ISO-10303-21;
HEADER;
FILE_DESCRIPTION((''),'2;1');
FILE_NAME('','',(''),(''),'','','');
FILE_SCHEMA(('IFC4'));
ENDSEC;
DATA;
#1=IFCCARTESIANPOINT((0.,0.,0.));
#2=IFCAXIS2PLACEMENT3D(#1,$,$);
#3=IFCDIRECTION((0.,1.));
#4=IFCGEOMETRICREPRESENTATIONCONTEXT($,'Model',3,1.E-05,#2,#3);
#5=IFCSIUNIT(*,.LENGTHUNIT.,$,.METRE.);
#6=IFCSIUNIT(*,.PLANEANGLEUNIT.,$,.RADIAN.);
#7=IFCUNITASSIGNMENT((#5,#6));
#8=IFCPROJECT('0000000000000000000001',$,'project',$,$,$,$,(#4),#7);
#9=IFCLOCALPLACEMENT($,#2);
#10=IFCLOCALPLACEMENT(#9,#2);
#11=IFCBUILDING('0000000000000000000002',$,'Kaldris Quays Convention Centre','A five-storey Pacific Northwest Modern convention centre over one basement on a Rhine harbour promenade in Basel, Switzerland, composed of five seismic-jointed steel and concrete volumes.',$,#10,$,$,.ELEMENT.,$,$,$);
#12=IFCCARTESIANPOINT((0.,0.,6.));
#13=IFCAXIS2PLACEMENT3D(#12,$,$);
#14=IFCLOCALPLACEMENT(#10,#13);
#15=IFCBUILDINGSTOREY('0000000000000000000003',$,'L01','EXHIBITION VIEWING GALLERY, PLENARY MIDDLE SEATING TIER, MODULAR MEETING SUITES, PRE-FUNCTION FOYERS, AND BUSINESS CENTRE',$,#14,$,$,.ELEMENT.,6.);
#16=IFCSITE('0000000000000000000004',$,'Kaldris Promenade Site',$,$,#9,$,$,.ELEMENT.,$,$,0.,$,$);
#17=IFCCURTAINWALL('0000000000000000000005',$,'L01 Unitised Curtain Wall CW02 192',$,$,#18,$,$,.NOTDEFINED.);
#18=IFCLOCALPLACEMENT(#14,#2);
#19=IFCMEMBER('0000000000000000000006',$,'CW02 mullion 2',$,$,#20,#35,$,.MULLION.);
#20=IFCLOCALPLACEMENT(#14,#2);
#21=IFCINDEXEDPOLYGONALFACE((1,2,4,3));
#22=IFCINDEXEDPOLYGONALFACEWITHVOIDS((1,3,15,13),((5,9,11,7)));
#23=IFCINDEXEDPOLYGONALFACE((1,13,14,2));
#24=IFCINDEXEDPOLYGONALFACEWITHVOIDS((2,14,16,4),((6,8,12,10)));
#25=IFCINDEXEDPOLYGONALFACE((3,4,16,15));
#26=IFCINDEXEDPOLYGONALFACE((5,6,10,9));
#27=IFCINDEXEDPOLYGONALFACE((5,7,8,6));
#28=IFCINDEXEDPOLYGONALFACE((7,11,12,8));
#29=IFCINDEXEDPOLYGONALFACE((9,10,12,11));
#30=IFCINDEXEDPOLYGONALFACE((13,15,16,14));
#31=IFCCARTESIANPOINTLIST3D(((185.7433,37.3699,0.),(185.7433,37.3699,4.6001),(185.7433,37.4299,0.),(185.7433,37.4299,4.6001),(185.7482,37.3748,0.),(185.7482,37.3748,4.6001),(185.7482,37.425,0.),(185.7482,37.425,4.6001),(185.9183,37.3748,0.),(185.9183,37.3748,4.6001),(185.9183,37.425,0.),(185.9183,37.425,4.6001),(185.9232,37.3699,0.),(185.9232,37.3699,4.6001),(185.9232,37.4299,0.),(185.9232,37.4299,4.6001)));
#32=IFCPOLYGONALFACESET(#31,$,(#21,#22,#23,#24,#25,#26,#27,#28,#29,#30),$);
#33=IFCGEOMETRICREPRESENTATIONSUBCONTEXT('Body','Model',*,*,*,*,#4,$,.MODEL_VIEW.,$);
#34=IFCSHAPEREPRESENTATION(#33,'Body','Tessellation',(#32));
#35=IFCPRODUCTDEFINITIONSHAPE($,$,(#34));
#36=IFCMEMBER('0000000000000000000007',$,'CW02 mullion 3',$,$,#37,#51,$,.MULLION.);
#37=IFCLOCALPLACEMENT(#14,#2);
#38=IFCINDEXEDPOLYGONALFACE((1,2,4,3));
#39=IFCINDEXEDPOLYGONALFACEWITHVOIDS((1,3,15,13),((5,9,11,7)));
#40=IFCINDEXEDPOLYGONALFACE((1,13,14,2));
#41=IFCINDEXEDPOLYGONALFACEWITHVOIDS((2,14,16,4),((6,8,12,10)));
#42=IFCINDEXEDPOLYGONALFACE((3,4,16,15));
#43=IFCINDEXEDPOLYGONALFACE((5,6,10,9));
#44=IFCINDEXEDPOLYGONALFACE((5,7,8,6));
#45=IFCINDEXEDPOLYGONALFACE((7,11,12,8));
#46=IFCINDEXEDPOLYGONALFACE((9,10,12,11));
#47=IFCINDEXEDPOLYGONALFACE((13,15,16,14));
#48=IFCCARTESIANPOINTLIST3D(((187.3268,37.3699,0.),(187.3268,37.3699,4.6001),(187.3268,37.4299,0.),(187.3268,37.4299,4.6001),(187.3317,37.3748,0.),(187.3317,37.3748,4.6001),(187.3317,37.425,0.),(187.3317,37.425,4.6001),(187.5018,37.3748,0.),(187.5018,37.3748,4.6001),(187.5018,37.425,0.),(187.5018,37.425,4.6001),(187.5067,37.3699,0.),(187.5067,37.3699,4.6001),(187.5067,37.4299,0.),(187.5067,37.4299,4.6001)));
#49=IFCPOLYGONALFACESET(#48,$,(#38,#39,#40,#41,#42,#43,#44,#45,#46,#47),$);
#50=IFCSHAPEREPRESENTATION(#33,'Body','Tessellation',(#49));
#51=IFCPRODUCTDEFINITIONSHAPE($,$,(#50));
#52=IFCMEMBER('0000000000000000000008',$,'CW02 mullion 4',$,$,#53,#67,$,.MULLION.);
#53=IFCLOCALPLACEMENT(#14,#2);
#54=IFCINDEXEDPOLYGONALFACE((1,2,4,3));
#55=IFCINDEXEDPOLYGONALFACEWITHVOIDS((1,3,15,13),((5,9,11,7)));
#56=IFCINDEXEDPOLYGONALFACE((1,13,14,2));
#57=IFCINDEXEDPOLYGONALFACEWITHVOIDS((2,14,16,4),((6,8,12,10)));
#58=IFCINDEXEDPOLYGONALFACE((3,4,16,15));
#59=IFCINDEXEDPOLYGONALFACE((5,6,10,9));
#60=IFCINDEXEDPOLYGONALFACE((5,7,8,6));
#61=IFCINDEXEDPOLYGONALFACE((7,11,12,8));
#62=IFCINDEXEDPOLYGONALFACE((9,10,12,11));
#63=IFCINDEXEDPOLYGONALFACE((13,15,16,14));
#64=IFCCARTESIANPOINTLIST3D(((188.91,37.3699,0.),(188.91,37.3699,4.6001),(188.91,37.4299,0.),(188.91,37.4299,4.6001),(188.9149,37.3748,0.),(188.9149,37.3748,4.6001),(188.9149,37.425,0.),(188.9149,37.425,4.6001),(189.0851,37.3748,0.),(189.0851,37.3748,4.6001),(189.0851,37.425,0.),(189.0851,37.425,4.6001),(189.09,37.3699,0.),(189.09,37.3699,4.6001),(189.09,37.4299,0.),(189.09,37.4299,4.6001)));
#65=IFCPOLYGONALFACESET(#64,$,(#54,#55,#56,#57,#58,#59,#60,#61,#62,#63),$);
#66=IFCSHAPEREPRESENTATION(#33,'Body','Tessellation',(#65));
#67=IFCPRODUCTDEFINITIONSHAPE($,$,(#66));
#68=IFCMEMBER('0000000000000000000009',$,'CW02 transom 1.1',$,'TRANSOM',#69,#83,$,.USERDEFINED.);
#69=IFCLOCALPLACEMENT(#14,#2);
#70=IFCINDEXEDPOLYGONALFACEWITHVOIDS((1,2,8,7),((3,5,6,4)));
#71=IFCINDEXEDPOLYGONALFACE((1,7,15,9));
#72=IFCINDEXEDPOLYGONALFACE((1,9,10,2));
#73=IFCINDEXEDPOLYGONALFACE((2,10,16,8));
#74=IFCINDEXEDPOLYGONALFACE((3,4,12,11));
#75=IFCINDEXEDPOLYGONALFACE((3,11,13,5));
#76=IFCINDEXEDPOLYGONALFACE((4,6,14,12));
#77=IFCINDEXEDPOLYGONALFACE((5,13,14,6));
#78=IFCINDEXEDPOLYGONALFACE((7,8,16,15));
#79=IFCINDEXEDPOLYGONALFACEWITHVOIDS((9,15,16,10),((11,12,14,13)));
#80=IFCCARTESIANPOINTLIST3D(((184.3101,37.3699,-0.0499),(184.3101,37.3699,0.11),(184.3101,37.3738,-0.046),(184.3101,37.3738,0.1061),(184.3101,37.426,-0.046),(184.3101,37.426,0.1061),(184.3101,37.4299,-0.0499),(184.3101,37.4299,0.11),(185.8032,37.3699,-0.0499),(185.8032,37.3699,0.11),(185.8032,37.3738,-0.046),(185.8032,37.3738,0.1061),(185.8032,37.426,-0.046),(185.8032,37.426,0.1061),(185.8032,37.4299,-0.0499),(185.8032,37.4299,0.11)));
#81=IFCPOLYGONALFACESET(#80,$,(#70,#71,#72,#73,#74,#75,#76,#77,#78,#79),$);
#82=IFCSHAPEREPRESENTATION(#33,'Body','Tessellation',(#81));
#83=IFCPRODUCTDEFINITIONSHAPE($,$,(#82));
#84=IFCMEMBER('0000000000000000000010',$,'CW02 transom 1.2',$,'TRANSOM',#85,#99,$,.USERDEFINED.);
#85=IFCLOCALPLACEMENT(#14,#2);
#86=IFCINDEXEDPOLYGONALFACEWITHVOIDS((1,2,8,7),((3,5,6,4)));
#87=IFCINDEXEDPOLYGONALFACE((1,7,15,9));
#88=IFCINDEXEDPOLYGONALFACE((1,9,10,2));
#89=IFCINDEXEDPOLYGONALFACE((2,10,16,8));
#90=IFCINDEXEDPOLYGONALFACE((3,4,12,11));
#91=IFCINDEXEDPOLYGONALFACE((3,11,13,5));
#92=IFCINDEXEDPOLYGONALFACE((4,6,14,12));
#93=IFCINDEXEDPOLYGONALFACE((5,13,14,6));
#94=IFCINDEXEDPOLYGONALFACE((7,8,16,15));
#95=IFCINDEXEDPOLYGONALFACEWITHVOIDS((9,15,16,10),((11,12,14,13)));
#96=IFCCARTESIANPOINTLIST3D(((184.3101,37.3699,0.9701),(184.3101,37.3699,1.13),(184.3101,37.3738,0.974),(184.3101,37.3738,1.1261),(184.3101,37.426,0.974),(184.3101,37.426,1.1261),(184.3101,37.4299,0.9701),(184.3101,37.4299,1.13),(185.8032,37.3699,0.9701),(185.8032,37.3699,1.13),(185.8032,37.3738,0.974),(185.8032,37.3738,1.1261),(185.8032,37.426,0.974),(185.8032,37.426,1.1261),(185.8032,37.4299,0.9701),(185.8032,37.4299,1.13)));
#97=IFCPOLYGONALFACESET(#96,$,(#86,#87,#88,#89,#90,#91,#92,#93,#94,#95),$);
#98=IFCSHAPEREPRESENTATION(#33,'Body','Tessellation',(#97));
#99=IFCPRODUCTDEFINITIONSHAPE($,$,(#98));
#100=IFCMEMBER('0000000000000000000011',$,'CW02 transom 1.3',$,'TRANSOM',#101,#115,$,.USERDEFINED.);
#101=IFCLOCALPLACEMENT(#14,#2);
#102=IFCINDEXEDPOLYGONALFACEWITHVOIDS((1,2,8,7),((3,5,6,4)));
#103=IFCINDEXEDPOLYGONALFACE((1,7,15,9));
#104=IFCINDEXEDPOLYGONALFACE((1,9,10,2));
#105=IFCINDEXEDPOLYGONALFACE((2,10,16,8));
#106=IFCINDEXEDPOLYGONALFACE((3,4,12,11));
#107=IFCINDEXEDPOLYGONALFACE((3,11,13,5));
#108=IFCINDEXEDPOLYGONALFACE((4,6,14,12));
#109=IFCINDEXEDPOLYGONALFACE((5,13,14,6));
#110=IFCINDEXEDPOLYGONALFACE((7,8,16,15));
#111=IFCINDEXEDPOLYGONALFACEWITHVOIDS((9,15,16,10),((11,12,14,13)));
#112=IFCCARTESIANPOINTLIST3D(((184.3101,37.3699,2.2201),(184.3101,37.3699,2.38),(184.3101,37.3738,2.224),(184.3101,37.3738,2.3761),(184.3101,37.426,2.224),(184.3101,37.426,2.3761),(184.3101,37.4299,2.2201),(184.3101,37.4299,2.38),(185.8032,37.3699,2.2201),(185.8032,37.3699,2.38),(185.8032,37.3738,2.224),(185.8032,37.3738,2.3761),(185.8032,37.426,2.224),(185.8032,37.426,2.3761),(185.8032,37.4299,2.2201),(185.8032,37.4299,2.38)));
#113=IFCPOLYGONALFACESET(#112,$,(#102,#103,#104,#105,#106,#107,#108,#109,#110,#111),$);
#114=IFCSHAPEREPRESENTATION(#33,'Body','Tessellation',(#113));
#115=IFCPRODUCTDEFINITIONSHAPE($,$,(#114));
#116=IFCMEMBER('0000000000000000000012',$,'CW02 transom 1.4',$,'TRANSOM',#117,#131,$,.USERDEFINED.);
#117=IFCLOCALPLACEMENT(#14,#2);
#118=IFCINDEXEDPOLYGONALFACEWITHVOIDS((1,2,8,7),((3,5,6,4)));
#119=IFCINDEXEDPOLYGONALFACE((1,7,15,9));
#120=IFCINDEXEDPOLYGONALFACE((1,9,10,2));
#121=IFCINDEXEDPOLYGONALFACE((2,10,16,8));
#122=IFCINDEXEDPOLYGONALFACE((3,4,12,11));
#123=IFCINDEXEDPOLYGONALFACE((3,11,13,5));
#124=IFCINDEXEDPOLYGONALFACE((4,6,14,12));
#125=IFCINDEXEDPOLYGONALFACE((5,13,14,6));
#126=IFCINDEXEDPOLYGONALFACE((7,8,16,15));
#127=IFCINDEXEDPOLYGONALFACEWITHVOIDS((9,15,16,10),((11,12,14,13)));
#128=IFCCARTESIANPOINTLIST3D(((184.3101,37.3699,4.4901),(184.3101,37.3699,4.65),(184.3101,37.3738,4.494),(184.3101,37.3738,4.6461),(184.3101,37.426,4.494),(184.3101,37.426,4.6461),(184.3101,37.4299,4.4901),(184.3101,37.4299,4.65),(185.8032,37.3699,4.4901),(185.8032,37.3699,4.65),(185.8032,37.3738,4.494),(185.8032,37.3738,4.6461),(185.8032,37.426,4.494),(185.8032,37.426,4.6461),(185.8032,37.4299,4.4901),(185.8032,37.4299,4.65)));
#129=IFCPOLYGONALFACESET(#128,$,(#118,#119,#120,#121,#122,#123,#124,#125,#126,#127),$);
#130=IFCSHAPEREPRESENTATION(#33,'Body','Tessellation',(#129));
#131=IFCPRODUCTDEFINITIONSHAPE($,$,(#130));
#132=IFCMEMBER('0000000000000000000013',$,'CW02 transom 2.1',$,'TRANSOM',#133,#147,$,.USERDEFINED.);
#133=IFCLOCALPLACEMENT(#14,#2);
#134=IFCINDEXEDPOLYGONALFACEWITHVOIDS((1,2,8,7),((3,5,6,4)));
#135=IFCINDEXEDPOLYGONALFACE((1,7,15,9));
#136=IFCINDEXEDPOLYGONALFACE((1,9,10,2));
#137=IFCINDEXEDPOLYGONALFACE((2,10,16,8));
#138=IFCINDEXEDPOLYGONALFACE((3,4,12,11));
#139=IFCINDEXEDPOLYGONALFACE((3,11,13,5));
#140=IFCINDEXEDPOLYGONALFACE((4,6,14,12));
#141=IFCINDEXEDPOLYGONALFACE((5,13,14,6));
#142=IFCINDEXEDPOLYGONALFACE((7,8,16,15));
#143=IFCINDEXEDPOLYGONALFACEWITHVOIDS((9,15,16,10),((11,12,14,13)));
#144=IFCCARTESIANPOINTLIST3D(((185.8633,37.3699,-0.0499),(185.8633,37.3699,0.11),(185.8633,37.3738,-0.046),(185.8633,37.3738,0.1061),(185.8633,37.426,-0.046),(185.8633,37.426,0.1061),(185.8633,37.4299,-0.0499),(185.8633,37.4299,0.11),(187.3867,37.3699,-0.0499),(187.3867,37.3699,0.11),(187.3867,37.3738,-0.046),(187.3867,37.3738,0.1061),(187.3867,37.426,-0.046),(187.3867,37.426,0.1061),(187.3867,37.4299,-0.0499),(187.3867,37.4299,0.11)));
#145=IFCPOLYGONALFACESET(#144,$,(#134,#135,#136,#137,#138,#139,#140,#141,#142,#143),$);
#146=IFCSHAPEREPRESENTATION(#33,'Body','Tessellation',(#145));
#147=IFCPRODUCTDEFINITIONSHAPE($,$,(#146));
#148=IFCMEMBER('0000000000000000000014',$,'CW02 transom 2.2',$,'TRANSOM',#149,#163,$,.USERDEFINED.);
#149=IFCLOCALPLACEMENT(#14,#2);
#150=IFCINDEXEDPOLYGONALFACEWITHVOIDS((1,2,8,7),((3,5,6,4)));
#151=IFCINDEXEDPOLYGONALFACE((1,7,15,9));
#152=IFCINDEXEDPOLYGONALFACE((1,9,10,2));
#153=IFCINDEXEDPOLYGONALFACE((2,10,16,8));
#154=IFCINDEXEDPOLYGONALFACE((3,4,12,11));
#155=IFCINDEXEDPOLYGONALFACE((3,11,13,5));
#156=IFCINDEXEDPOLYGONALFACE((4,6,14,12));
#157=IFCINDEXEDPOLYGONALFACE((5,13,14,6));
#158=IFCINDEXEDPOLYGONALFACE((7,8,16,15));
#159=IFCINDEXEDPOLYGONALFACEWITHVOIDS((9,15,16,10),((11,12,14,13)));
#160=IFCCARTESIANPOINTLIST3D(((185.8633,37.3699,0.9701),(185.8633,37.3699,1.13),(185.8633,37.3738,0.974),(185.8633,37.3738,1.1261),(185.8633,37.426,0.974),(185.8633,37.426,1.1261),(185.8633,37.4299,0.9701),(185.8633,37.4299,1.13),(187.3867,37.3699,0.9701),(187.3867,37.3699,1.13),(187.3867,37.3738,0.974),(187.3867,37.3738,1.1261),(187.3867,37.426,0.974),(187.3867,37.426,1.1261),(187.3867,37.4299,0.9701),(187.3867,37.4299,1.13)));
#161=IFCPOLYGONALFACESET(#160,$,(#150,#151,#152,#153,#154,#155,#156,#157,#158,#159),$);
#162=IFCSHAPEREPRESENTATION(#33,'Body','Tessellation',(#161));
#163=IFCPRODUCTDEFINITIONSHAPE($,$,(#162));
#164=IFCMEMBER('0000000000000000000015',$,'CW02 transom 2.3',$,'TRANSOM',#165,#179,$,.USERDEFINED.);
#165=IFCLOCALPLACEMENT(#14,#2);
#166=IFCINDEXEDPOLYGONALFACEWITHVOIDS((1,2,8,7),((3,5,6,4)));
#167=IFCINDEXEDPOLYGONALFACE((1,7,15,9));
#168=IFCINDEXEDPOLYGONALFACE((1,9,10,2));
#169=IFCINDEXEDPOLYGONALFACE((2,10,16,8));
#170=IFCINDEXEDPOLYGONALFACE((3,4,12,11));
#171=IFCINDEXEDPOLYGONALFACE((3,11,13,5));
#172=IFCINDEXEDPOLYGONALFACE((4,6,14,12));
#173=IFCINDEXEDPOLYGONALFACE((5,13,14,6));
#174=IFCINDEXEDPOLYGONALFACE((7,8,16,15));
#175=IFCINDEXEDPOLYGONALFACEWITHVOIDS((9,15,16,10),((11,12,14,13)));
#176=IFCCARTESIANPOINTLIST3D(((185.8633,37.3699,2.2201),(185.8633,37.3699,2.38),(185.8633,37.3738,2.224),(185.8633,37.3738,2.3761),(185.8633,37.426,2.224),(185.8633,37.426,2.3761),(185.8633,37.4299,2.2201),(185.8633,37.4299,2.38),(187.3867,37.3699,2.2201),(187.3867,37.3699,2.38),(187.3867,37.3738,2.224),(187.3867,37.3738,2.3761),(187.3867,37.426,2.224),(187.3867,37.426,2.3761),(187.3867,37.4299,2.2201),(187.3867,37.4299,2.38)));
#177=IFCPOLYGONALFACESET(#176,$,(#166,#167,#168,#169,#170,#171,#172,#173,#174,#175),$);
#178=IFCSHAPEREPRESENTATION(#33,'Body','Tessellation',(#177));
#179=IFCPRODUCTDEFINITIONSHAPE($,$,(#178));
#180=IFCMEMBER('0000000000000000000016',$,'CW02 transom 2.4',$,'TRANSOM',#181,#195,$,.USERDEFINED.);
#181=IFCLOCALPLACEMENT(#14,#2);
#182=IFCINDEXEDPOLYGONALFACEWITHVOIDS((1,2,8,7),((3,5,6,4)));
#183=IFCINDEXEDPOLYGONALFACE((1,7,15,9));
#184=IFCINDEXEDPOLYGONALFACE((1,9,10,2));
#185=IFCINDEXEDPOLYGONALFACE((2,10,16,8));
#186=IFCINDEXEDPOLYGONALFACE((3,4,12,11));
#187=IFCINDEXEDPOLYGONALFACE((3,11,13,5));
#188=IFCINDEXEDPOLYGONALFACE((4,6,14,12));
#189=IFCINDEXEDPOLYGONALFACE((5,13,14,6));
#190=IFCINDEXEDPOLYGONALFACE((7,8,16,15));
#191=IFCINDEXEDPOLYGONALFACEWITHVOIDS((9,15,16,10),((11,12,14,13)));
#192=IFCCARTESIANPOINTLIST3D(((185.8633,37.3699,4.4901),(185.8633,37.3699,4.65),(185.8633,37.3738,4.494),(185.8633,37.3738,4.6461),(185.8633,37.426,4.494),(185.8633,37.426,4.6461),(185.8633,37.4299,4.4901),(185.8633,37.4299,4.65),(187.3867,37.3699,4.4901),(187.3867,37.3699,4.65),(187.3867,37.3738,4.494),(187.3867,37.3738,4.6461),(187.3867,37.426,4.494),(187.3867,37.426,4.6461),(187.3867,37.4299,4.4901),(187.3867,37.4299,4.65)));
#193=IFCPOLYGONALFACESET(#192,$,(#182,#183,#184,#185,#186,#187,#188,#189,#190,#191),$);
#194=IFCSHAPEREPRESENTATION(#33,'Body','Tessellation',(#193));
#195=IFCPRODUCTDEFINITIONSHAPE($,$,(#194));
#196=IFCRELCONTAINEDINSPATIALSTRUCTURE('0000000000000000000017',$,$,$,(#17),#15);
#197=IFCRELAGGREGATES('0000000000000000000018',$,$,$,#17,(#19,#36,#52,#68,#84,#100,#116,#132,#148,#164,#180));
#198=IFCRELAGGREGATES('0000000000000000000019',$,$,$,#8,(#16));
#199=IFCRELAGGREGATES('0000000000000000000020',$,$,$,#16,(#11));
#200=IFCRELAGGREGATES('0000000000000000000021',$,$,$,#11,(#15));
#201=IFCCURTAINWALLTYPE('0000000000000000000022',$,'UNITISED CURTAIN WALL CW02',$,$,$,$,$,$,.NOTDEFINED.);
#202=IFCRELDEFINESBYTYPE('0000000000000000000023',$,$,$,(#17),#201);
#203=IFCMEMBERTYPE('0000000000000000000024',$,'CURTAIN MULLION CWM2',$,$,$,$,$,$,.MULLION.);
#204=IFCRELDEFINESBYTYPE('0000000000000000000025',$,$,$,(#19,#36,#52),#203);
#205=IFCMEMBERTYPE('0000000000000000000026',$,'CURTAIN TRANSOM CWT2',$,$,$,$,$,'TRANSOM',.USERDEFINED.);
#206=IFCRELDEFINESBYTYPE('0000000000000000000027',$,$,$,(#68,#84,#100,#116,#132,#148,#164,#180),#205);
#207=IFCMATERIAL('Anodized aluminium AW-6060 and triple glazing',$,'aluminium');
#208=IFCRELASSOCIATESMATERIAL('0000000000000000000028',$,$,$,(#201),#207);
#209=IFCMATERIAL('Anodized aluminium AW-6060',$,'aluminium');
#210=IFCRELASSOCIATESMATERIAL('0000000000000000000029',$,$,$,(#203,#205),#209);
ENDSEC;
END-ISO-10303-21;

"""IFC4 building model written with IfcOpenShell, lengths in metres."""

from ifc_helpers import new_model, si_unit, direction, frame, origin, origin_2d, place, context, subcontext, project, spatial, hollow_rectangle, extrude, material, material_profile, profile_set, type_object, element, aggregate, save


model = new_model("IFC4")

# Units and contexts
model_context = context("Model", 3, precision=1e-05, world=origin(), true_north=direction((0.0, 1.0)))
body_context = subcontext(model_context, "Body", "Model", "MODEL_VIEW")
ifc_project = project(units=[si_unit("LENGTHUNIT", "METRE"), si_unit("PLANEANGLEUNIT", "RADIAN")], contexts=[model_context])

# Site, building, storey
site_placement = place(None, origin())
site = spatial("IfcSite", under=ifc_project, at=site_placement, Name="Kaldris Promenade Site", CompositionType="ELEMENT", RefElevation=0.0)
building_placement = place(site_placement, origin())
building = spatial("IfcBuilding", under=site, at=building_placement, Name="Kaldris Quays Convention Centre", Description="A five-storey Pacific Northwest Modern convention centre over one basement on a Rhine harbour promenade in Basel, Switzerland, composed of five seismic-jointed steel and concrete volumes.", CompositionType="ELEMENT")
storey_placement = place(building_placement, frame((0.0, 0.0, 6.0)))
storey = spatial("IfcBuildingStorey", under=building, at=storey_placement, Name="L01", Description="EXHIBITION VIEWING GALLERY, PLENARY MIDDLE SEATING TIER, MODULAR MEETING SUITES, PRE-FUNCTION FOYERS, AND BUSINESS CENTRE", CompositionType="ELEMENT", Elevation=6.0)

# Curtain wall, members
ifc_material_1 = material(Name="Anodized aluminium AW-6060 and triple glazing", Category="aluminium")
curtain_wall_type = type_object("IfcCurtainWallType", Name="UNITISED CURTAIN WALL CW02", PredefinedType="NOTDEFINED", material=ifc_material_1)
curtain_wall_placement = place(storey_placement, origin())
curtain_wall = element("IfcCurtainWall", 1, at=curtain_wall_placement, inside=storey, type_object=curtain_wall_type, Name="L01 Unitised Curtain Wall CW02 192", PredefinedType="NOTDEFINED")
ifc_material_2 = material(Name="Anodized aluminium AW-6060", Category="aluminium")
ifc_material_profile_1 = material_profile(ifc_material_2, hollow_rectangle(XDim=0.0601, YDim=0.1799, WallThickness=0.0049, at=origin_2d()), Name="RHS 180x60x5")
ifc_profile_set_1 = profile_set([ifc_material_profile_1], Name="Anodized aluminium AW-6060")
member_type_1 = type_object("IfcMemberType", Name="CURTAIN MULLION CWM2", PredefinedType="MULLION", material=ifc_profile_set_1)
member_1_placement = place(storey_placement, frame((185.8333, 37.3999, 0.0), z_axis=(0.0, 0.0, 1.0), x_axis=(0.0, 1.0, 0.0)))
member_1 = element("IfcMember", 2, at=member_1_placement, type_object=member_type_1, Name="CW02 mullion 2", PredefinedType="MULLION", context=body_context, shape_type="SweptSolid", body=[
    extrude(hollow_rectangle(XDim=0.0601, YDim=0.1799, WallThickness=0.0049, at=origin_2d()), origin(), (0.0, 0.0, 1.0), 4.6001),
])
member_2_placement = place(storey_placement, frame((187.4167, 37.3999, 0.0), z_axis=(0.0, 0.0, 1.0), x_axis=(0.0, 1.0, 0.0)))
member_2 = element("IfcMember", 3, at=member_2_placement, type_object=member_type_1, Name="CW02 mullion 3", PredefinedType="MULLION", context=body_context, shape_type="SweptSolid", body=[
    extrude(hollow_rectangle(XDim=0.0601, YDim=0.1799, WallThickness=0.0049, at=origin_2d()), origin(), (0.0, 0.0, 1.0), 4.6001),
])
member_3_placement = place(storey_placement, frame((189.0, 37.3999, 0.0), z_axis=(0.0, 0.0, 1.0), x_axis=(0.0, 1.0, 0.0)))
member_3 = element("IfcMember", 4, at=member_3_placement, type_object=member_type_1, Name="CW02 mullion 4", PredefinedType="MULLION", context=body_context, shape_type="SweptSolid", body=[
    extrude(hollow_rectangle(XDim=0.0601, YDim=0.1799, WallThickness=0.0049, at=origin_2d()), origin(), (0.0, 0.0, 1.0), 4.6001),
])
ifc_material_profile_2 = material_profile(ifc_material_2, hollow_rectangle(XDim=0.0601, YDim=0.1599, WallThickness=0.0039, at=origin_2d()), Name="RHS 160x60x4")
ifc_profile_set_2 = profile_set([ifc_material_profile_2], Name="Anodized aluminium AW-6060")
member_type_2 = type_object("IfcMemberType", Name="CURTAIN TRANSOM CWT2", ElementType="TRANSOM", PredefinedType="USERDEFINED", material=ifc_profile_set_2)
member_4_placement = place(storey_placement, frame((184.3101, 37.3999, 0.03), z_axis=(1.0, 0.0, 0.0), x_axis=(0.0, 1.0, 0.0)))
member_4 = element("IfcMember", 5, at=member_4_placement, type_object=member_type_2, Name="CW02 transom 1.1", ObjectType="TRANSOM", PredefinedType="USERDEFINED", context=body_context, shape_type="SweptSolid", body=[
    extrude(hollow_rectangle(XDim=0.0601, YDim=0.1599, WallThickness=0.0039, at=origin_2d()), origin(), (0.0, 0.0, 1.0), 1.4932),
])
member_5_placement = place(storey_placement, frame((184.3101, 37.3999, 1.05), z_axis=(1.0, 0.0, 0.0), x_axis=(0.0, 1.0, 0.0)))
member_5 = element("IfcMember", 6, at=member_5_placement, type_object=member_type_2, Name="CW02 transom 1.2", ObjectType="TRANSOM", PredefinedType="USERDEFINED", context=body_context, shape_type="SweptSolid", body=[
    extrude(hollow_rectangle(XDim=0.0601, YDim=0.1599, WallThickness=0.0039, at=origin_2d()), origin(), (0.0, 0.0, 1.0), 1.4932),
])
member_6_placement = place(storey_placement, frame((184.3101, 37.3999, 2.3), z_axis=(1.0, 0.0, 0.0), x_axis=(0.0, 1.0, 0.0)))
member_6 = element("IfcMember", 7, at=member_6_placement, type_object=member_type_2, Name="CW02 transom 1.3", ObjectType="TRANSOM", PredefinedType="USERDEFINED", context=body_context, shape_type="SweptSolid", body=[
    extrude(hollow_rectangle(XDim=0.0601, YDim=0.1599, WallThickness=0.0039, at=origin_2d()), origin(), (0.0, 0.0, 1.0), 1.4932),
])
member_7_placement = place(storey_placement, frame((184.3101, 37.3999, 4.5701), z_axis=(1.0, 0.0, 0.0), x_axis=(0.0, 1.0, 0.0)))
member_7 = element("IfcMember", 8, at=member_7_placement, type_object=member_type_2, Name="CW02 transom 1.4", ObjectType="TRANSOM", PredefinedType="USERDEFINED", context=body_context, shape_type="SweptSolid", body=[
    extrude(hollow_rectangle(XDim=0.0601, YDim=0.1599, WallThickness=0.0039, at=origin_2d()), origin(), (0.0, 0.0, 1.0), 1.4932),
])
member_8_placement = place(storey_placement, frame((185.8633, 37.3999, 0.03), z_axis=(1.0, 0.0, 0.0), x_axis=(0.0, 1.0, 0.0)))
member_8 = element("IfcMember", 9, at=member_8_placement, type_object=member_type_2, Name="CW02 transom 2.1", ObjectType="TRANSOM", PredefinedType="USERDEFINED", context=body_context, shape_type="SweptSolid", body=[
    extrude(hollow_rectangle(XDim=0.0601, YDim=0.1599, WallThickness=0.0039, at=origin_2d()), origin(), (0.0, 0.0, 1.0), 1.5234),
])
member_9_placement = place(storey_placement, frame((185.8633, 37.3999, 1.05), z_axis=(1.0, 0.0, 0.0), x_axis=(0.0, 1.0, 0.0)))
member_9 = element("IfcMember", 10, at=member_9_placement, type_object=member_type_2, Name="CW02 transom 2.2", ObjectType="TRANSOM", PredefinedType="USERDEFINED", context=body_context, shape_type="SweptSolid", body=[
    extrude(hollow_rectangle(XDim=0.0601, YDim=0.1599, WallThickness=0.0039, at=origin_2d()), origin(), (0.0, 0.0, 1.0), 1.5234),
])
member_10_placement = place(storey_placement, frame((185.8633, 37.3999, 2.3), z_axis=(1.0, 0.0, 0.0), x_axis=(0.0, 1.0, 0.0)))
member_10 = element("IfcMember", 11, at=member_10_placement, type_object=member_type_2, Name="CW02 transom 2.3", ObjectType="TRANSOM", PredefinedType="USERDEFINED", context=body_context, shape_type="SweptSolid", body=[
    extrude(hollow_rectangle(XDim=0.0601, YDim=0.1599, WallThickness=0.0039, at=origin_2d()), origin(), (0.0, 0.0, 1.0), 1.5234),
])
member_11_placement = place(storey_placement, frame((185.8633, 37.3999, 4.5701), z_axis=(1.0, 0.0, 0.0), x_axis=(0.0, 1.0, 0.0)))
member_11 = element("IfcMember", 12, at=member_11_placement, type_object=member_type_2, Name="CW02 transom 2.4", ObjectType="TRANSOM", PredefinedType="USERDEFINED", context=body_context, shape_type="SweptSolid", body=[
    extrude(hollow_rectangle(XDim=0.0601, YDim=0.1599, WallThickness=0.0039, at=origin_2d()), origin(), (0.0, 0.0, 1.0), 1.5234),
])

aggregate(curtain_wall, [member_1, member_2, member_3, member_4, member_5, member_6, member_7, member_8, member_9, member_10, member_11])

save(model, "model.ifc")
